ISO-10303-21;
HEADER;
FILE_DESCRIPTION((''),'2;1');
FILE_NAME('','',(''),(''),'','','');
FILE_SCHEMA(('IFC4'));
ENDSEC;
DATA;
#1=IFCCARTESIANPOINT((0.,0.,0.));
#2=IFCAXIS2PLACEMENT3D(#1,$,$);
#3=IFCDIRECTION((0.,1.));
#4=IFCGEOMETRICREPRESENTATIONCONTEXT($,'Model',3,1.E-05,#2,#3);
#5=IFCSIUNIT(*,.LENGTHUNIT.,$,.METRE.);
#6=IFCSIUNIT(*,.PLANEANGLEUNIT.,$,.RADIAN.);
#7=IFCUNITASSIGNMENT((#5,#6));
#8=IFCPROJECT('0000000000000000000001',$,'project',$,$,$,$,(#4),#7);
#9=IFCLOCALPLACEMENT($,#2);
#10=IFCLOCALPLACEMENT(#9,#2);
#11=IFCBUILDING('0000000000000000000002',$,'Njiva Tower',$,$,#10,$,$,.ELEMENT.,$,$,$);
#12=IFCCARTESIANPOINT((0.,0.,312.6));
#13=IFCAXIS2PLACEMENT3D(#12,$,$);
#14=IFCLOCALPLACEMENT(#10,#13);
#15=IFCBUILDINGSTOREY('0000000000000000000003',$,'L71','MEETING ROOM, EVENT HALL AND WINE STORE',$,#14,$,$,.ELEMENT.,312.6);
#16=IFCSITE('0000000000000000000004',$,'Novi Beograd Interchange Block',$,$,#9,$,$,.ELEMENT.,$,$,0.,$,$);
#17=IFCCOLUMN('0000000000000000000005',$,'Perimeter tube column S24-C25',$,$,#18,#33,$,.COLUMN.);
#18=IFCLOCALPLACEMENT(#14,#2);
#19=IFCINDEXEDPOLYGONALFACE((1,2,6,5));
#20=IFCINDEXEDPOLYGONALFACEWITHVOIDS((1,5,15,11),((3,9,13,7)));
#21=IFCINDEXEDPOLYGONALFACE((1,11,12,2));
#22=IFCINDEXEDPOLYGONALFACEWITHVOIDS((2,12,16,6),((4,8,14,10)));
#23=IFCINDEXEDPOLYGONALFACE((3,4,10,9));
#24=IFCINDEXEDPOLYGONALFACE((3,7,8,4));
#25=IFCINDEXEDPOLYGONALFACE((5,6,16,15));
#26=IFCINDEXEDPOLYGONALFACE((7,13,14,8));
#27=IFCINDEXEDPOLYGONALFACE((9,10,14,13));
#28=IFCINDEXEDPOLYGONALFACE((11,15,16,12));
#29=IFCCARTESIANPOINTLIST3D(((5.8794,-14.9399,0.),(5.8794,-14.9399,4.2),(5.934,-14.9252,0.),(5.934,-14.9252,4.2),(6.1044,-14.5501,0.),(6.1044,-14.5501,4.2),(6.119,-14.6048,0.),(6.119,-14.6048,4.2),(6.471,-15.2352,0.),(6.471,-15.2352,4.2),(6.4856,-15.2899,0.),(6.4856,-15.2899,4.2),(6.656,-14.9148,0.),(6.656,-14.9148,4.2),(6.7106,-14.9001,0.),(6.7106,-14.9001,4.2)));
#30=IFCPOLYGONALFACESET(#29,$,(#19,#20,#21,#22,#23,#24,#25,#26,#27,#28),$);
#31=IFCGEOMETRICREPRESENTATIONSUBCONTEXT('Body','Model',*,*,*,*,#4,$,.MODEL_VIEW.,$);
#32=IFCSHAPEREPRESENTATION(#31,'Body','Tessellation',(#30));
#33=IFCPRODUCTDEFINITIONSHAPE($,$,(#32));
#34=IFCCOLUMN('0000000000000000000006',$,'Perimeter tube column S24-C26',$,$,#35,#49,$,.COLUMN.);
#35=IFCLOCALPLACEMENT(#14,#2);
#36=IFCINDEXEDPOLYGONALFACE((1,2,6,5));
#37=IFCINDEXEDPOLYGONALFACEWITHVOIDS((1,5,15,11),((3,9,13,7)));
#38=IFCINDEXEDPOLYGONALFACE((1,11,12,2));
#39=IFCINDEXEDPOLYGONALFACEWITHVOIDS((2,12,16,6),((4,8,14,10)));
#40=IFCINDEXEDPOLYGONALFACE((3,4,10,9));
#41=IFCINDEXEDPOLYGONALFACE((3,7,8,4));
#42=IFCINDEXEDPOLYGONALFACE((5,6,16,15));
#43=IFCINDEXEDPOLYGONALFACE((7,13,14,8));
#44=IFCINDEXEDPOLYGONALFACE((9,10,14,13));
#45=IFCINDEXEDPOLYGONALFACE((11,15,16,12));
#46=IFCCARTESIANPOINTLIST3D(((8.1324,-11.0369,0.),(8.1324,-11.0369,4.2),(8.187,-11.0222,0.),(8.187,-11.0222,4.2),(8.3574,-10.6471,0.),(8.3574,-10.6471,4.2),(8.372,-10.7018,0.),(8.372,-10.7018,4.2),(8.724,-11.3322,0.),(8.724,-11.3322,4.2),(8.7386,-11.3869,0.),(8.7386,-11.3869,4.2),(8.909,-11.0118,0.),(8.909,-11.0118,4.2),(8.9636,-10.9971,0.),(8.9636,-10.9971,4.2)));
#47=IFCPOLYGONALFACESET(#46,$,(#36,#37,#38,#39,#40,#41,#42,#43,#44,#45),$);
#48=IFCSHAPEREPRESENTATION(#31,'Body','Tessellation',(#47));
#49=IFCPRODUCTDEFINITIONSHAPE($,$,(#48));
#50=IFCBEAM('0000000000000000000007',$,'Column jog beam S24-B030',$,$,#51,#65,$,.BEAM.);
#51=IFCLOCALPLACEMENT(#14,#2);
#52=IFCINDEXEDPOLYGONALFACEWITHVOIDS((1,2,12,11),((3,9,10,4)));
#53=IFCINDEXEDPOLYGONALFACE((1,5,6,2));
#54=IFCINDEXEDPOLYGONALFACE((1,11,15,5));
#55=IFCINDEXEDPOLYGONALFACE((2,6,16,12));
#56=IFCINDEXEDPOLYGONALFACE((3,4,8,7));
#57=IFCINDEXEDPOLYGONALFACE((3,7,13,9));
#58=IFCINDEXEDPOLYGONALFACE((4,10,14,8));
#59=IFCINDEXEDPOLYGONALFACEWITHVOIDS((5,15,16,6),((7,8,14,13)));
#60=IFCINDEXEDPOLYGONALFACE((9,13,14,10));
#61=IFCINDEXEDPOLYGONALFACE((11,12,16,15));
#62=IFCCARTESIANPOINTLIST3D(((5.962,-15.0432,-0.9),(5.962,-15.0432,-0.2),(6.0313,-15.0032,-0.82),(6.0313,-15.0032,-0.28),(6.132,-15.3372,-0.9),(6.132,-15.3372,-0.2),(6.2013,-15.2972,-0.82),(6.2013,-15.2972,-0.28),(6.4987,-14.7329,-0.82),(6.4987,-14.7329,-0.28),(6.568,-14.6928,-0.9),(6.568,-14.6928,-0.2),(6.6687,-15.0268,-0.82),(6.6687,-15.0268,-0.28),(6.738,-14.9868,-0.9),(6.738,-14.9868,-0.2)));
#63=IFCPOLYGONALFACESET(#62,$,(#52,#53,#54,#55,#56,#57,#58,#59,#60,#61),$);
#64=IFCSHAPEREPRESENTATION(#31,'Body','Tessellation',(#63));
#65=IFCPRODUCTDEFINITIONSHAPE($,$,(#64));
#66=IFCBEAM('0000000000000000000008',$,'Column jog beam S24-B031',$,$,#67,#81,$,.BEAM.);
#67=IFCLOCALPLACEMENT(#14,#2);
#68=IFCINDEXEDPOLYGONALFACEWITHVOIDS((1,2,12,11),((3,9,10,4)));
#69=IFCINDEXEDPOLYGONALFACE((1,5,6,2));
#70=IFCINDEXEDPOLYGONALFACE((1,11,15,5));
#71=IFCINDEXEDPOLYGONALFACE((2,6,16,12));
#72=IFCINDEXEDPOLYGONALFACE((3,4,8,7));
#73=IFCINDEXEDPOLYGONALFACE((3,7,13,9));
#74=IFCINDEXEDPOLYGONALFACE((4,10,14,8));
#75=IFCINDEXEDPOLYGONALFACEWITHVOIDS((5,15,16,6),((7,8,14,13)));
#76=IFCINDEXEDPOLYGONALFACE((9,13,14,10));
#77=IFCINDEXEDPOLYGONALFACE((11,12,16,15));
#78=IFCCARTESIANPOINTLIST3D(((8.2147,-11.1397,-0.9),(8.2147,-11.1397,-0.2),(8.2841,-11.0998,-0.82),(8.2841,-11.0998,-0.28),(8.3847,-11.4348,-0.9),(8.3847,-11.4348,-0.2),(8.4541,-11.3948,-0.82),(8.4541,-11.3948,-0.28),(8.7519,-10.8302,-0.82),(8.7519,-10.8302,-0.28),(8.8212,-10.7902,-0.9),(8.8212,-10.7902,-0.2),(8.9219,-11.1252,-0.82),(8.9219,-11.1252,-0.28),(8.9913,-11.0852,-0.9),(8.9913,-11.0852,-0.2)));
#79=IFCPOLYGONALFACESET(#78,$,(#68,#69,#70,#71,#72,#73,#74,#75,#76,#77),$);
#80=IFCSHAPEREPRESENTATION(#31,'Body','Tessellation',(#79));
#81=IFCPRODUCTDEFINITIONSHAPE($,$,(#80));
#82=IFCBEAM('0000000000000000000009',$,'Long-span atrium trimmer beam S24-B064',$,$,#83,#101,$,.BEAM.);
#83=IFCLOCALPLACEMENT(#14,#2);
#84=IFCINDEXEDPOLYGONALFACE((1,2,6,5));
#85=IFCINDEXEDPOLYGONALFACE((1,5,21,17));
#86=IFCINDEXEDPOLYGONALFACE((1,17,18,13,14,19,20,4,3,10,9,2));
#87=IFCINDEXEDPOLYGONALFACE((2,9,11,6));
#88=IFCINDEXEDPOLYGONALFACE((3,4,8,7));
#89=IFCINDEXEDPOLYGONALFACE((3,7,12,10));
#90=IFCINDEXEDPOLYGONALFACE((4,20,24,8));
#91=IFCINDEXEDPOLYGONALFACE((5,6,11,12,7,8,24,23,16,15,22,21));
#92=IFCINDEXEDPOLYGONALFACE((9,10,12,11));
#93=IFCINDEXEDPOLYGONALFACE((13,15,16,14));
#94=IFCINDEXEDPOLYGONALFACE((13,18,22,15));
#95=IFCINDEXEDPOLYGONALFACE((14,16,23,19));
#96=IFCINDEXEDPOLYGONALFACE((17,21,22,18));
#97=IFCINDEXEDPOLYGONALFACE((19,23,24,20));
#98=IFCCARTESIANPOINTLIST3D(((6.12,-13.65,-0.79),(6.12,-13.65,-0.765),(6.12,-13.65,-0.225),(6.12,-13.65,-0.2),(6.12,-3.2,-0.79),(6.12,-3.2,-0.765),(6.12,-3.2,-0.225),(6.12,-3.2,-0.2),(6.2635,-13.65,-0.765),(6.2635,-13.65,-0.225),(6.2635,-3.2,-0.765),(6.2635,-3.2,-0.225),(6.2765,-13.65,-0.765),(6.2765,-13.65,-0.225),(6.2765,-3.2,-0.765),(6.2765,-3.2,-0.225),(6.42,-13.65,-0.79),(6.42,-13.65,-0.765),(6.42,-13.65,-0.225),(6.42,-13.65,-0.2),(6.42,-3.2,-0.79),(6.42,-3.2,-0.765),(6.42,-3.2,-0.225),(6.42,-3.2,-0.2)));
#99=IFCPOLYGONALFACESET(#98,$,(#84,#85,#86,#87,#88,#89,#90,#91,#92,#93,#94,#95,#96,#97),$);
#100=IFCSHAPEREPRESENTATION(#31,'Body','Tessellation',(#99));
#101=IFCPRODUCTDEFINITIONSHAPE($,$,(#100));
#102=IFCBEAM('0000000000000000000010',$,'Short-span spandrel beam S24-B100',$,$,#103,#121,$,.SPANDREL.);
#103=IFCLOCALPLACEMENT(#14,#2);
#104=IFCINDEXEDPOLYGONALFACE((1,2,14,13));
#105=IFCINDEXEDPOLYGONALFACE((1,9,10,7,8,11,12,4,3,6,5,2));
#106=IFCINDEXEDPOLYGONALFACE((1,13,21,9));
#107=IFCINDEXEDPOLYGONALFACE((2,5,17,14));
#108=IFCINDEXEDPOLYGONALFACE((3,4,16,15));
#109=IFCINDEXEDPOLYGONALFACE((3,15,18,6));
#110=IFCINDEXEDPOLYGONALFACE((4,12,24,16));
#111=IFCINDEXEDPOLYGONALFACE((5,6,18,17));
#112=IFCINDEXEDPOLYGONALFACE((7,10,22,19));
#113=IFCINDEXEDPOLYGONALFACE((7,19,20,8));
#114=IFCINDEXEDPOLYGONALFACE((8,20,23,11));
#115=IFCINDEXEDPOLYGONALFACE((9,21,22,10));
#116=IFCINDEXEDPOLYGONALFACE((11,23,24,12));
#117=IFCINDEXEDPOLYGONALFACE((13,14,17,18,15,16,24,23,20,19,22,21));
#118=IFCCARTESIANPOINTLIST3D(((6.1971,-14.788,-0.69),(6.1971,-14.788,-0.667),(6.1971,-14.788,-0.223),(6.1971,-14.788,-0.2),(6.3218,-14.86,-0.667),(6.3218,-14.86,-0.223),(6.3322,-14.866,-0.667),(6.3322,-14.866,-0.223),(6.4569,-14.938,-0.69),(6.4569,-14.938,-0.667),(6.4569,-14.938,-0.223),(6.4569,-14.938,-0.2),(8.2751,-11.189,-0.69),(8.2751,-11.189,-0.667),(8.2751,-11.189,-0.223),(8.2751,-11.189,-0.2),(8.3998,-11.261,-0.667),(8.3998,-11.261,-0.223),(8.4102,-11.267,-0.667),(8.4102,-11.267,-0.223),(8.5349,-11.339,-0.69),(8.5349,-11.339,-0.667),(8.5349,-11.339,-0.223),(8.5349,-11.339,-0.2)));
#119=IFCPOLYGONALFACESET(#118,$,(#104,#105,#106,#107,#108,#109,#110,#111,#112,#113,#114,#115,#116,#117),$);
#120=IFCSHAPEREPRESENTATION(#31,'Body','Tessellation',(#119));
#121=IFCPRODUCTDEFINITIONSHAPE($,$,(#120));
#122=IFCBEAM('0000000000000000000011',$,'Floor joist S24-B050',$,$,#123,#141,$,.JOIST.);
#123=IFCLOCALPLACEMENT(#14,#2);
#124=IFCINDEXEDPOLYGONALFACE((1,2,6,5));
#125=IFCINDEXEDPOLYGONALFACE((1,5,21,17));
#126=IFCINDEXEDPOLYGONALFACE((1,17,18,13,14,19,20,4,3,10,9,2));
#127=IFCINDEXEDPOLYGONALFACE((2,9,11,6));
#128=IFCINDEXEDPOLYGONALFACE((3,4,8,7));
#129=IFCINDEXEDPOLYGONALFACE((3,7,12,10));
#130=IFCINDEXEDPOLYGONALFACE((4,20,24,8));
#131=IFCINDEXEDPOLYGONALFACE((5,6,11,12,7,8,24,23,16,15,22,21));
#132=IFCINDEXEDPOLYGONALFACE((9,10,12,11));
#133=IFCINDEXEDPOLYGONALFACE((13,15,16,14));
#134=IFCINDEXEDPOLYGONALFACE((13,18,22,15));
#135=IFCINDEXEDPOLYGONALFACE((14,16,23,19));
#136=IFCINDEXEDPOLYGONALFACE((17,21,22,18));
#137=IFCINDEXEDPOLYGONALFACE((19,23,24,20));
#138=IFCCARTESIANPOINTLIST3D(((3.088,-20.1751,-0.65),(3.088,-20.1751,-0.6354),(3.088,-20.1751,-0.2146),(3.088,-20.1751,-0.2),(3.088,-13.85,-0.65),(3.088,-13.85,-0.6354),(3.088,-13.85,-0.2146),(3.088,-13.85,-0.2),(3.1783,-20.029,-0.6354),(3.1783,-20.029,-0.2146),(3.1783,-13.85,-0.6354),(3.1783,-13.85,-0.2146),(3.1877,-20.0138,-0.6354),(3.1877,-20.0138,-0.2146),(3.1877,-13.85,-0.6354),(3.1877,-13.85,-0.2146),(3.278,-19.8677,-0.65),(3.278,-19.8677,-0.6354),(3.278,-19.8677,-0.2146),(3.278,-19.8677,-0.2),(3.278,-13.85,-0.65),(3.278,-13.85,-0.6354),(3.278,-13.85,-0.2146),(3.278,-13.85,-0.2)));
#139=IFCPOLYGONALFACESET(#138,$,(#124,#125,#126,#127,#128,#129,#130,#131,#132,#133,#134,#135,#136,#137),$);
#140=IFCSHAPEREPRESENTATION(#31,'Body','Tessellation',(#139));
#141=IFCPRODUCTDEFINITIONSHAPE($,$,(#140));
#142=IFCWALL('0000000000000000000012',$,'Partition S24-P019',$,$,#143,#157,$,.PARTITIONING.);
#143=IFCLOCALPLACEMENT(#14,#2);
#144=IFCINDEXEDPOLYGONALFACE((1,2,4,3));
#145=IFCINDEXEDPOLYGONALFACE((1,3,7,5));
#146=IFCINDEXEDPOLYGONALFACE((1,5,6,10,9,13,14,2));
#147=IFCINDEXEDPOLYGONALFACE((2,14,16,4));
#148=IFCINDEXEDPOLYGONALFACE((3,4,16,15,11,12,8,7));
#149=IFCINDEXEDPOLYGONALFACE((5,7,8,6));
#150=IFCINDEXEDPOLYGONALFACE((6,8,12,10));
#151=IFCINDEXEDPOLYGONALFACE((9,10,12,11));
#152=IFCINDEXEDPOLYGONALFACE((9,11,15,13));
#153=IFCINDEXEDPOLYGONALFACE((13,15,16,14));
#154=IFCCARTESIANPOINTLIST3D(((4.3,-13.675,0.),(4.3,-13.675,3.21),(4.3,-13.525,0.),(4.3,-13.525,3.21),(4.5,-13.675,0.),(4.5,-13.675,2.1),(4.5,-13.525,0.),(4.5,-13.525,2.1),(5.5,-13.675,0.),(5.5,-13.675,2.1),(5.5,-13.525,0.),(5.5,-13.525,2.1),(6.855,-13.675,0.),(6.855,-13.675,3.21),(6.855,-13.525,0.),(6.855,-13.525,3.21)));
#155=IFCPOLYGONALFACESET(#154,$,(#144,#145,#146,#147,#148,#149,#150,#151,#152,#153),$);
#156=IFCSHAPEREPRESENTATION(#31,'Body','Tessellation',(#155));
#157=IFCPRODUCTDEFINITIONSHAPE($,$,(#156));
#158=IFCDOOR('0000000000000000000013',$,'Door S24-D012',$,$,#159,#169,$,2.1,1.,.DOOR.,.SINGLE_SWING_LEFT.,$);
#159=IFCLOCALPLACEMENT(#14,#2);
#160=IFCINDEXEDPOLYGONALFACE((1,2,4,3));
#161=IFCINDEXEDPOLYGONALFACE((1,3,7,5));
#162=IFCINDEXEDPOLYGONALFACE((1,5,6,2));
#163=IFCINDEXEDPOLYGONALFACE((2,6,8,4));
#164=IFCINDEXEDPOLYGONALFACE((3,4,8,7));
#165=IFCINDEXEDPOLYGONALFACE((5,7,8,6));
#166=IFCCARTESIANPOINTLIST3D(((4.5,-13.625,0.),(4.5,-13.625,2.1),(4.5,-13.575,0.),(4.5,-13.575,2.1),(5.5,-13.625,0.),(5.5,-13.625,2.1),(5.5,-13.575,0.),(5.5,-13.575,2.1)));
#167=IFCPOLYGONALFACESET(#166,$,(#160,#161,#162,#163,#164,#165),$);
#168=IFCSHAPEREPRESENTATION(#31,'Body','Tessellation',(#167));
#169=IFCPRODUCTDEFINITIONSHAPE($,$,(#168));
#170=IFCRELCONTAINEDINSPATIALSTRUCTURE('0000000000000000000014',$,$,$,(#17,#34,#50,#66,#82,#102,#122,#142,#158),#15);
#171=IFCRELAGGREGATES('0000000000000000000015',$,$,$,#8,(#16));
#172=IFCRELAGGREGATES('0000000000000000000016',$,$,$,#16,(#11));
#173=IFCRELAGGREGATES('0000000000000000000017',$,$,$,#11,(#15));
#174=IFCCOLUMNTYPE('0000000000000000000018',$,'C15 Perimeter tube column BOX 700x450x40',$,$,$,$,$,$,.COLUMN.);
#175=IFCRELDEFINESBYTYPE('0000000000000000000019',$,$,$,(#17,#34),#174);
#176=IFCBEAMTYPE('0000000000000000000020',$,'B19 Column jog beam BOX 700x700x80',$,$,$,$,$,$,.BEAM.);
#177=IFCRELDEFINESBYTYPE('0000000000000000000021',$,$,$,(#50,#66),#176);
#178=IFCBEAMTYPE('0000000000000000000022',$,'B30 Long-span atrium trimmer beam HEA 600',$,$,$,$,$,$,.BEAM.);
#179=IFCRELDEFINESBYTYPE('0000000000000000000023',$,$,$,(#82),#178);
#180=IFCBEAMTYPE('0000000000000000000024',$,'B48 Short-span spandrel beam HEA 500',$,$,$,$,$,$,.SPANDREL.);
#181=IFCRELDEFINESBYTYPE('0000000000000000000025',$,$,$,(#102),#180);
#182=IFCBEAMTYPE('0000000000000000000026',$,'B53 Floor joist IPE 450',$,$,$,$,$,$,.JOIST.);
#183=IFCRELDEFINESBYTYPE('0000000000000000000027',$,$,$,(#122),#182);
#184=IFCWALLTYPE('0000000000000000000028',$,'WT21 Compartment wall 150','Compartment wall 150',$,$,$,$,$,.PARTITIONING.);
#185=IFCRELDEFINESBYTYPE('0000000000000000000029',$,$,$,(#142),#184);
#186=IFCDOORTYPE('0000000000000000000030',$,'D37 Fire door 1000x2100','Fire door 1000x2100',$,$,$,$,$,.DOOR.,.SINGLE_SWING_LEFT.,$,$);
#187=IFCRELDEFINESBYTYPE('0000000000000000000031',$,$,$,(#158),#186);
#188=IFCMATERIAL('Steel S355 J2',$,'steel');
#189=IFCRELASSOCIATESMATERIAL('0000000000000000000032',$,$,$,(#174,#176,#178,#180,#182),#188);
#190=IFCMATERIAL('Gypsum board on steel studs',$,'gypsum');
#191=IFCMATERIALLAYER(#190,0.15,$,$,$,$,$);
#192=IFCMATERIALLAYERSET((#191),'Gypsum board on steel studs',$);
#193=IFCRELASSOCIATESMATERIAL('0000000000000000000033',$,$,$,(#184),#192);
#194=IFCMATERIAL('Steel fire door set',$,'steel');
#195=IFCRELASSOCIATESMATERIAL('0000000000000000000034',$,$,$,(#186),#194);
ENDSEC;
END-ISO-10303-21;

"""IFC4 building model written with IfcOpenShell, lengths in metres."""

from ifc_helpers import new_model, si_unit, direction, frame, frame_2d, origin, origin_2d, place, context, subcontext, project, spatial, rectangle, hollow_rectangle, i_section, extrude, clip, halfspace, material, layer, layer_set, material_profile, profile_set, type_object, element, fill, save


model = new_model("IFC4")

# Units and contexts
model_context = context("Model", 3, precision=1e-05, world=origin(), true_north=direction((0.0, 1.0)))
body_context = subcontext(model_context, "Body", "Model", "MODEL_VIEW")
ifc_project = project(units=[si_unit("LENGTHUNIT", "METRE"), si_unit("PLANEANGLEUNIT", "RADIAN")], contexts=[model_context])

# Site, building, storey
site_placement = place(None, origin())
site = spatial("IfcSite", under=ifc_project, at=site_placement, Name="Novi Beograd Interchange Block", CompositionType="ELEMENT", RefElevation=0.0)
building_placement = place(site_placement, origin())
building = spatial("IfcBuilding", under=site, at=building_placement, Name="Njiva Tower", CompositionType="ELEMENT")
storey_placement = place(building_placement, frame((0.0, 0.0, 312.6)))
storey = spatial("IfcBuildingStorey", under=building, at=storey_placement, Name="L71", Description="MEETING ROOM, EVENT HALL AND WINE STORE", CompositionType="ELEMENT", Elevation=312.6)

# Columns
ifc_material_1 = material(Name="Steel S355 J2", Category="steel")
ifc_material_profile_1 = material_profile(ifc_material_1, hollow_rectangle(XDim=0.45, YDim=0.7, WallThickness=0.04, at=origin_2d()), Name="BOX 700x450x40")
ifc_profile_set_1 = profile_set([ifc_material_profile_1], Name="Steel S355 J2")
column_type = type_object("IfcColumnType", Name="C15 Perimeter tube column BOX 700x450x40", PredefinedType="COLUMN", material=ifc_profile_set_1)
for number, where, z_axis, x_axis, name in (
    (1, (6.295, -14.92, 0.0), (0.0, 0.0, 1.0), (0.5, 0.866025, 0.0), "Perimeter tube column S24-C25"),
    (2, (8.548, -11.017, 0.0), (0.0, 0.0, 1.0), (0.5, 0.866025, 0.0), "Perimeter tube column S24-C26"),
):
    element("IfcColumn", number, at=place(storey_placement, frame(where, z_axis=z_axis, x_axis=x_axis)), inside=storey, type_object=column_type, Name=name, PredefinedType="COLUMN", context=body_context, shape_type="SweptSolid", body=[
        extrude(hollow_rectangle(XDim=0.45, YDim=0.7, WallThickness=0.04, at=origin_2d()), origin(), (0.0, 0.0, 1.0), 4.2),
    ])

# Beams
ifc_material_profile_2 = material_profile(ifc_material_1, hollow_rectangle(XDim=0.7, YDim=0.7, WallThickness=0.08, at=origin_2d()), Name="BOX 700x700x80")
ifc_profile_set_2 = profile_set([ifc_material_profile_2], Name="Steel S355 J2")
beam_type_1 = type_object("IfcBeamType", Name="B19 Column jog beam BOX 700x700x80", PredefinedType="BEAM", material=ifc_profile_set_2)
beam_1_placement = place(storey_placement, frame((6.435, -15.162, -0.55), z_axis=(-0.500572, 0.865695, 0.0), x_axis=(-0.865695, -0.500572, 0.0)))
element("IfcBeam", 3, at=beam_1_placement, inside=storey, type_object=beam_type_1, Name="Column jog beam S24-B030", PredefinedType="BEAM", context=body_context, shape_type="SweptSolid", body=[
    extrude(hollow_rectangle(XDim=0.7, YDim=0.7, WallThickness=0.08, at=origin_2d()), origin(), (0.0, 0.0, 1.0), 0.3396),
])
beam_2_placement = place(storey_placement, frame((8.688, -11.26, -0.55), z_axis=(-0.499299, 0.86643, 0.0), x_axis=(-0.86643, -0.499299, 0.0)))
element("IfcBeam", 4, at=beam_2_placement, inside=storey, type_object=beam_type_1, Name="Column jog beam S24-B031", PredefinedType="BEAM", context=body_context, shape_type="SweptSolid", body=[
    extrude(hollow_rectangle(XDim=0.7, YDim=0.7, WallThickness=0.08, at=origin_2d()), origin(), (0.0, 0.0, 1.0), 0.3405),
])
ifc_material_profile_3 = material_profile(ifc_material_1, i_section(OverallWidth=0.3, OverallDepth=0.59, WebThickness=0.013, FlangeThickness=0.025, at=origin_2d()), Name="HEA 600")
ifc_profile_set_3 = profile_set([ifc_material_profile_3], Name="Steel S355 J2")
beam_type_2 = type_object("IfcBeamType", Name="B30 Long-span atrium trimmer beam HEA 600", PredefinedType="BEAM", material=ifc_profile_set_3)
beam_3_placement = place(storey_placement, frame((6.27, -13.65, -0.495), z_axis=(0.0, 1.0, 0.0), x_axis=(-1.0, 0.0, 0.0)))
element("IfcBeam", 5, at=beam_3_placement, inside=storey, type_object=beam_type_2, Name="Long-span atrium trimmer beam S24-B064", PredefinedType="BEAM", context=body_context, shape_type="SweptSolid", body=[
    extrude(i_section(OverallWidth=0.3, OverallDepth=0.59, WebThickness=0.013, FlangeThickness=0.025, at=origin_2d()), origin(), (0.0, 0.0, 1.0), 10.45),
])
ifc_material_profile_4 = material_profile(ifc_material_1, i_section(OverallWidth=0.3, OverallDepth=0.49, WebThickness=0.012, FlangeThickness=0.023, at=origin_2d()), Name="HEA 500")
ifc_profile_set_4 = profile_set([ifc_material_profile_4], Name="Steel S355 J2")
beam_type_3 = type_object("IfcBeamType", Name="B48 Short-span spandrel beam HEA 500", PredefinedType="SPANDREL", material=ifc_profile_set_4)
beam_4_placement = place(storey_placement, frame((6.327, -14.863, -0.445), z_axis=(0.500021, 0.866013, 0.0), x_axis=(-0.866013, 0.500021, 0.0)))
element("IfcBeam", 6, at=beam_4_placement, inside=storey, type_object=beam_type_3, Name="Short-span spandrel beam S24-B100", PredefinedType="SPANDREL", context=body_context, shape_type="SweptSolid", body=[
    extrude(i_section(OverallWidth=0.3, OverallDepth=0.49, WebThickness=0.012, FlangeThickness=0.023, at=origin_2d()), origin(), (0.0, 0.0, 1.0), 4.1558),
])
ifc_material_profile_5 = material_profile(ifc_material_1, i_section(OverallWidth=0.19, OverallDepth=0.45, WebThickness=0.0094, FlangeThickness=0.0146, at=origin_2d()), Name="IPE 450")
ifc_profile_set_5 = profile_set([ifc_material_profile_5], Name="Steel S355 J2")
beam_type_4 = type_object("IfcBeamType", Name="B53 Floor joist IPE 450", PredefinedType="JOIST", material=ifc_profile_set_5)
beam_5_placement = place(storey_placement, frame((3.183, -13.85, -0.425), z_axis=(0.0, -1.0, 0.0), x_axis=(1.0, 0.0, 0.0)))
element("IfcBeam", 7, at=beam_5_placement, inside=storey, type_object=beam_type_4, Name="Floor joist S24-B050", PredefinedType="JOIST", context=body_context, shape_type="Clipping", body=[
    clip(extrude(i_section(OverallWidth=0.19, OverallDepth=0.45, WebThickness=0.0094, FlangeThickness=0.0146, at=origin_2d()), origin(), (0.0, 0.0, 1.0), 6.345), halfspace(frame((0.0429, 0.0, 6.102), z_axis=(0.850616, 0.0, 0.525788), x_axis=(0.0, 1.0, 0.0)), False)),
])

# Wall, opening, door
ifc_material_2 = material(Name="Gypsum board on steel studs", Category="gypsum")
ifc_layer_1 = layer(ifc_material_2, 0.15)
ifc_layer_set_1 = layer_set([ifc_layer_1], Name="Gypsum board on steel studs")
wall_type_1 = type_object("IfcWallType", Name="WT21 Compartment wall 150", Description="Compartment wall 150", PredefinedType="PARTITIONING", material=ifc_layer_set_1)
wall_1_placement = place(storey_placement, frame((4.3, -13.6, 0.0), z_axis=(0.0, 0.0, 1.0), x_axis=(1.0, 0.0, 0.0)))
wall_1 = element("IfcWall", 8, at=wall_1_placement, inside=storey, type_object=wall_type_1, Name="Partition S24-P019", PredefinedType="PARTITIONING", context=body_context, shape_type="SweptSolid", body=[
    extrude(rectangle(XDim=2.555, YDim=0.15, at=frame_2d((1.2775, 0.0))), origin(), (0.0, 0.0, 1.0), 3.21),
])
opening_1_placement = place(wall_1_placement, frame((0.2, 0.0, 0.0)))
opening_1 = element("IfcOpeningElement", 9, at=opening_1_placement, cuts=wall_1, PredefinedType="OPENING", context=body_context, shape_type="SweptSolid", body=[
    extrude(rectangle(XDim=1.0, YDim=2.1, at=frame_2d((0.5, 1.05))), frame((0.0, 0.085, 0.0), z_axis=(0.0, -1.0, 0.0), x_axis=(1.0, 0.0, 0.0)), (0.0, 0.0, 1.0), 0.17),
])
ifc_material_3 = material(Name="Steel fire door set", Category="steel")
door_type_1 = type_object("IfcDoorType", Name="D37 Fire door 1000x2100", Description="Fire door 1000x2100", OperationType="SINGLE_SWING_LEFT", PredefinedType="DOOR", material=ifc_material_3)
door_1_placement = place(opening_1_placement, origin())
door_1 = element("IfcDoor", 10, at=door_1_placement, inside=storey, type_object=door_type_1, Name="Door S24-D012", OperationType="SINGLE_SWING_LEFT", OverallHeight=2.1, OverallWidth=1.0, PredefinedType="DOOR", context=body_context, shape_type="SweptSolid", body=[
    extrude(rectangle(XDim=1.0, YDim=2.1, at=frame_2d((0.5, 1.05))), frame((0.0, 0.025, 0.0), z_axis=(0.0, -1.0, 0.0), x_axis=(1.0, 0.0, 0.0)), (0.0, 0.0, 1.0), 0.05),
])
fill(opening_1, door_1)

save(model, "model.ifc")
